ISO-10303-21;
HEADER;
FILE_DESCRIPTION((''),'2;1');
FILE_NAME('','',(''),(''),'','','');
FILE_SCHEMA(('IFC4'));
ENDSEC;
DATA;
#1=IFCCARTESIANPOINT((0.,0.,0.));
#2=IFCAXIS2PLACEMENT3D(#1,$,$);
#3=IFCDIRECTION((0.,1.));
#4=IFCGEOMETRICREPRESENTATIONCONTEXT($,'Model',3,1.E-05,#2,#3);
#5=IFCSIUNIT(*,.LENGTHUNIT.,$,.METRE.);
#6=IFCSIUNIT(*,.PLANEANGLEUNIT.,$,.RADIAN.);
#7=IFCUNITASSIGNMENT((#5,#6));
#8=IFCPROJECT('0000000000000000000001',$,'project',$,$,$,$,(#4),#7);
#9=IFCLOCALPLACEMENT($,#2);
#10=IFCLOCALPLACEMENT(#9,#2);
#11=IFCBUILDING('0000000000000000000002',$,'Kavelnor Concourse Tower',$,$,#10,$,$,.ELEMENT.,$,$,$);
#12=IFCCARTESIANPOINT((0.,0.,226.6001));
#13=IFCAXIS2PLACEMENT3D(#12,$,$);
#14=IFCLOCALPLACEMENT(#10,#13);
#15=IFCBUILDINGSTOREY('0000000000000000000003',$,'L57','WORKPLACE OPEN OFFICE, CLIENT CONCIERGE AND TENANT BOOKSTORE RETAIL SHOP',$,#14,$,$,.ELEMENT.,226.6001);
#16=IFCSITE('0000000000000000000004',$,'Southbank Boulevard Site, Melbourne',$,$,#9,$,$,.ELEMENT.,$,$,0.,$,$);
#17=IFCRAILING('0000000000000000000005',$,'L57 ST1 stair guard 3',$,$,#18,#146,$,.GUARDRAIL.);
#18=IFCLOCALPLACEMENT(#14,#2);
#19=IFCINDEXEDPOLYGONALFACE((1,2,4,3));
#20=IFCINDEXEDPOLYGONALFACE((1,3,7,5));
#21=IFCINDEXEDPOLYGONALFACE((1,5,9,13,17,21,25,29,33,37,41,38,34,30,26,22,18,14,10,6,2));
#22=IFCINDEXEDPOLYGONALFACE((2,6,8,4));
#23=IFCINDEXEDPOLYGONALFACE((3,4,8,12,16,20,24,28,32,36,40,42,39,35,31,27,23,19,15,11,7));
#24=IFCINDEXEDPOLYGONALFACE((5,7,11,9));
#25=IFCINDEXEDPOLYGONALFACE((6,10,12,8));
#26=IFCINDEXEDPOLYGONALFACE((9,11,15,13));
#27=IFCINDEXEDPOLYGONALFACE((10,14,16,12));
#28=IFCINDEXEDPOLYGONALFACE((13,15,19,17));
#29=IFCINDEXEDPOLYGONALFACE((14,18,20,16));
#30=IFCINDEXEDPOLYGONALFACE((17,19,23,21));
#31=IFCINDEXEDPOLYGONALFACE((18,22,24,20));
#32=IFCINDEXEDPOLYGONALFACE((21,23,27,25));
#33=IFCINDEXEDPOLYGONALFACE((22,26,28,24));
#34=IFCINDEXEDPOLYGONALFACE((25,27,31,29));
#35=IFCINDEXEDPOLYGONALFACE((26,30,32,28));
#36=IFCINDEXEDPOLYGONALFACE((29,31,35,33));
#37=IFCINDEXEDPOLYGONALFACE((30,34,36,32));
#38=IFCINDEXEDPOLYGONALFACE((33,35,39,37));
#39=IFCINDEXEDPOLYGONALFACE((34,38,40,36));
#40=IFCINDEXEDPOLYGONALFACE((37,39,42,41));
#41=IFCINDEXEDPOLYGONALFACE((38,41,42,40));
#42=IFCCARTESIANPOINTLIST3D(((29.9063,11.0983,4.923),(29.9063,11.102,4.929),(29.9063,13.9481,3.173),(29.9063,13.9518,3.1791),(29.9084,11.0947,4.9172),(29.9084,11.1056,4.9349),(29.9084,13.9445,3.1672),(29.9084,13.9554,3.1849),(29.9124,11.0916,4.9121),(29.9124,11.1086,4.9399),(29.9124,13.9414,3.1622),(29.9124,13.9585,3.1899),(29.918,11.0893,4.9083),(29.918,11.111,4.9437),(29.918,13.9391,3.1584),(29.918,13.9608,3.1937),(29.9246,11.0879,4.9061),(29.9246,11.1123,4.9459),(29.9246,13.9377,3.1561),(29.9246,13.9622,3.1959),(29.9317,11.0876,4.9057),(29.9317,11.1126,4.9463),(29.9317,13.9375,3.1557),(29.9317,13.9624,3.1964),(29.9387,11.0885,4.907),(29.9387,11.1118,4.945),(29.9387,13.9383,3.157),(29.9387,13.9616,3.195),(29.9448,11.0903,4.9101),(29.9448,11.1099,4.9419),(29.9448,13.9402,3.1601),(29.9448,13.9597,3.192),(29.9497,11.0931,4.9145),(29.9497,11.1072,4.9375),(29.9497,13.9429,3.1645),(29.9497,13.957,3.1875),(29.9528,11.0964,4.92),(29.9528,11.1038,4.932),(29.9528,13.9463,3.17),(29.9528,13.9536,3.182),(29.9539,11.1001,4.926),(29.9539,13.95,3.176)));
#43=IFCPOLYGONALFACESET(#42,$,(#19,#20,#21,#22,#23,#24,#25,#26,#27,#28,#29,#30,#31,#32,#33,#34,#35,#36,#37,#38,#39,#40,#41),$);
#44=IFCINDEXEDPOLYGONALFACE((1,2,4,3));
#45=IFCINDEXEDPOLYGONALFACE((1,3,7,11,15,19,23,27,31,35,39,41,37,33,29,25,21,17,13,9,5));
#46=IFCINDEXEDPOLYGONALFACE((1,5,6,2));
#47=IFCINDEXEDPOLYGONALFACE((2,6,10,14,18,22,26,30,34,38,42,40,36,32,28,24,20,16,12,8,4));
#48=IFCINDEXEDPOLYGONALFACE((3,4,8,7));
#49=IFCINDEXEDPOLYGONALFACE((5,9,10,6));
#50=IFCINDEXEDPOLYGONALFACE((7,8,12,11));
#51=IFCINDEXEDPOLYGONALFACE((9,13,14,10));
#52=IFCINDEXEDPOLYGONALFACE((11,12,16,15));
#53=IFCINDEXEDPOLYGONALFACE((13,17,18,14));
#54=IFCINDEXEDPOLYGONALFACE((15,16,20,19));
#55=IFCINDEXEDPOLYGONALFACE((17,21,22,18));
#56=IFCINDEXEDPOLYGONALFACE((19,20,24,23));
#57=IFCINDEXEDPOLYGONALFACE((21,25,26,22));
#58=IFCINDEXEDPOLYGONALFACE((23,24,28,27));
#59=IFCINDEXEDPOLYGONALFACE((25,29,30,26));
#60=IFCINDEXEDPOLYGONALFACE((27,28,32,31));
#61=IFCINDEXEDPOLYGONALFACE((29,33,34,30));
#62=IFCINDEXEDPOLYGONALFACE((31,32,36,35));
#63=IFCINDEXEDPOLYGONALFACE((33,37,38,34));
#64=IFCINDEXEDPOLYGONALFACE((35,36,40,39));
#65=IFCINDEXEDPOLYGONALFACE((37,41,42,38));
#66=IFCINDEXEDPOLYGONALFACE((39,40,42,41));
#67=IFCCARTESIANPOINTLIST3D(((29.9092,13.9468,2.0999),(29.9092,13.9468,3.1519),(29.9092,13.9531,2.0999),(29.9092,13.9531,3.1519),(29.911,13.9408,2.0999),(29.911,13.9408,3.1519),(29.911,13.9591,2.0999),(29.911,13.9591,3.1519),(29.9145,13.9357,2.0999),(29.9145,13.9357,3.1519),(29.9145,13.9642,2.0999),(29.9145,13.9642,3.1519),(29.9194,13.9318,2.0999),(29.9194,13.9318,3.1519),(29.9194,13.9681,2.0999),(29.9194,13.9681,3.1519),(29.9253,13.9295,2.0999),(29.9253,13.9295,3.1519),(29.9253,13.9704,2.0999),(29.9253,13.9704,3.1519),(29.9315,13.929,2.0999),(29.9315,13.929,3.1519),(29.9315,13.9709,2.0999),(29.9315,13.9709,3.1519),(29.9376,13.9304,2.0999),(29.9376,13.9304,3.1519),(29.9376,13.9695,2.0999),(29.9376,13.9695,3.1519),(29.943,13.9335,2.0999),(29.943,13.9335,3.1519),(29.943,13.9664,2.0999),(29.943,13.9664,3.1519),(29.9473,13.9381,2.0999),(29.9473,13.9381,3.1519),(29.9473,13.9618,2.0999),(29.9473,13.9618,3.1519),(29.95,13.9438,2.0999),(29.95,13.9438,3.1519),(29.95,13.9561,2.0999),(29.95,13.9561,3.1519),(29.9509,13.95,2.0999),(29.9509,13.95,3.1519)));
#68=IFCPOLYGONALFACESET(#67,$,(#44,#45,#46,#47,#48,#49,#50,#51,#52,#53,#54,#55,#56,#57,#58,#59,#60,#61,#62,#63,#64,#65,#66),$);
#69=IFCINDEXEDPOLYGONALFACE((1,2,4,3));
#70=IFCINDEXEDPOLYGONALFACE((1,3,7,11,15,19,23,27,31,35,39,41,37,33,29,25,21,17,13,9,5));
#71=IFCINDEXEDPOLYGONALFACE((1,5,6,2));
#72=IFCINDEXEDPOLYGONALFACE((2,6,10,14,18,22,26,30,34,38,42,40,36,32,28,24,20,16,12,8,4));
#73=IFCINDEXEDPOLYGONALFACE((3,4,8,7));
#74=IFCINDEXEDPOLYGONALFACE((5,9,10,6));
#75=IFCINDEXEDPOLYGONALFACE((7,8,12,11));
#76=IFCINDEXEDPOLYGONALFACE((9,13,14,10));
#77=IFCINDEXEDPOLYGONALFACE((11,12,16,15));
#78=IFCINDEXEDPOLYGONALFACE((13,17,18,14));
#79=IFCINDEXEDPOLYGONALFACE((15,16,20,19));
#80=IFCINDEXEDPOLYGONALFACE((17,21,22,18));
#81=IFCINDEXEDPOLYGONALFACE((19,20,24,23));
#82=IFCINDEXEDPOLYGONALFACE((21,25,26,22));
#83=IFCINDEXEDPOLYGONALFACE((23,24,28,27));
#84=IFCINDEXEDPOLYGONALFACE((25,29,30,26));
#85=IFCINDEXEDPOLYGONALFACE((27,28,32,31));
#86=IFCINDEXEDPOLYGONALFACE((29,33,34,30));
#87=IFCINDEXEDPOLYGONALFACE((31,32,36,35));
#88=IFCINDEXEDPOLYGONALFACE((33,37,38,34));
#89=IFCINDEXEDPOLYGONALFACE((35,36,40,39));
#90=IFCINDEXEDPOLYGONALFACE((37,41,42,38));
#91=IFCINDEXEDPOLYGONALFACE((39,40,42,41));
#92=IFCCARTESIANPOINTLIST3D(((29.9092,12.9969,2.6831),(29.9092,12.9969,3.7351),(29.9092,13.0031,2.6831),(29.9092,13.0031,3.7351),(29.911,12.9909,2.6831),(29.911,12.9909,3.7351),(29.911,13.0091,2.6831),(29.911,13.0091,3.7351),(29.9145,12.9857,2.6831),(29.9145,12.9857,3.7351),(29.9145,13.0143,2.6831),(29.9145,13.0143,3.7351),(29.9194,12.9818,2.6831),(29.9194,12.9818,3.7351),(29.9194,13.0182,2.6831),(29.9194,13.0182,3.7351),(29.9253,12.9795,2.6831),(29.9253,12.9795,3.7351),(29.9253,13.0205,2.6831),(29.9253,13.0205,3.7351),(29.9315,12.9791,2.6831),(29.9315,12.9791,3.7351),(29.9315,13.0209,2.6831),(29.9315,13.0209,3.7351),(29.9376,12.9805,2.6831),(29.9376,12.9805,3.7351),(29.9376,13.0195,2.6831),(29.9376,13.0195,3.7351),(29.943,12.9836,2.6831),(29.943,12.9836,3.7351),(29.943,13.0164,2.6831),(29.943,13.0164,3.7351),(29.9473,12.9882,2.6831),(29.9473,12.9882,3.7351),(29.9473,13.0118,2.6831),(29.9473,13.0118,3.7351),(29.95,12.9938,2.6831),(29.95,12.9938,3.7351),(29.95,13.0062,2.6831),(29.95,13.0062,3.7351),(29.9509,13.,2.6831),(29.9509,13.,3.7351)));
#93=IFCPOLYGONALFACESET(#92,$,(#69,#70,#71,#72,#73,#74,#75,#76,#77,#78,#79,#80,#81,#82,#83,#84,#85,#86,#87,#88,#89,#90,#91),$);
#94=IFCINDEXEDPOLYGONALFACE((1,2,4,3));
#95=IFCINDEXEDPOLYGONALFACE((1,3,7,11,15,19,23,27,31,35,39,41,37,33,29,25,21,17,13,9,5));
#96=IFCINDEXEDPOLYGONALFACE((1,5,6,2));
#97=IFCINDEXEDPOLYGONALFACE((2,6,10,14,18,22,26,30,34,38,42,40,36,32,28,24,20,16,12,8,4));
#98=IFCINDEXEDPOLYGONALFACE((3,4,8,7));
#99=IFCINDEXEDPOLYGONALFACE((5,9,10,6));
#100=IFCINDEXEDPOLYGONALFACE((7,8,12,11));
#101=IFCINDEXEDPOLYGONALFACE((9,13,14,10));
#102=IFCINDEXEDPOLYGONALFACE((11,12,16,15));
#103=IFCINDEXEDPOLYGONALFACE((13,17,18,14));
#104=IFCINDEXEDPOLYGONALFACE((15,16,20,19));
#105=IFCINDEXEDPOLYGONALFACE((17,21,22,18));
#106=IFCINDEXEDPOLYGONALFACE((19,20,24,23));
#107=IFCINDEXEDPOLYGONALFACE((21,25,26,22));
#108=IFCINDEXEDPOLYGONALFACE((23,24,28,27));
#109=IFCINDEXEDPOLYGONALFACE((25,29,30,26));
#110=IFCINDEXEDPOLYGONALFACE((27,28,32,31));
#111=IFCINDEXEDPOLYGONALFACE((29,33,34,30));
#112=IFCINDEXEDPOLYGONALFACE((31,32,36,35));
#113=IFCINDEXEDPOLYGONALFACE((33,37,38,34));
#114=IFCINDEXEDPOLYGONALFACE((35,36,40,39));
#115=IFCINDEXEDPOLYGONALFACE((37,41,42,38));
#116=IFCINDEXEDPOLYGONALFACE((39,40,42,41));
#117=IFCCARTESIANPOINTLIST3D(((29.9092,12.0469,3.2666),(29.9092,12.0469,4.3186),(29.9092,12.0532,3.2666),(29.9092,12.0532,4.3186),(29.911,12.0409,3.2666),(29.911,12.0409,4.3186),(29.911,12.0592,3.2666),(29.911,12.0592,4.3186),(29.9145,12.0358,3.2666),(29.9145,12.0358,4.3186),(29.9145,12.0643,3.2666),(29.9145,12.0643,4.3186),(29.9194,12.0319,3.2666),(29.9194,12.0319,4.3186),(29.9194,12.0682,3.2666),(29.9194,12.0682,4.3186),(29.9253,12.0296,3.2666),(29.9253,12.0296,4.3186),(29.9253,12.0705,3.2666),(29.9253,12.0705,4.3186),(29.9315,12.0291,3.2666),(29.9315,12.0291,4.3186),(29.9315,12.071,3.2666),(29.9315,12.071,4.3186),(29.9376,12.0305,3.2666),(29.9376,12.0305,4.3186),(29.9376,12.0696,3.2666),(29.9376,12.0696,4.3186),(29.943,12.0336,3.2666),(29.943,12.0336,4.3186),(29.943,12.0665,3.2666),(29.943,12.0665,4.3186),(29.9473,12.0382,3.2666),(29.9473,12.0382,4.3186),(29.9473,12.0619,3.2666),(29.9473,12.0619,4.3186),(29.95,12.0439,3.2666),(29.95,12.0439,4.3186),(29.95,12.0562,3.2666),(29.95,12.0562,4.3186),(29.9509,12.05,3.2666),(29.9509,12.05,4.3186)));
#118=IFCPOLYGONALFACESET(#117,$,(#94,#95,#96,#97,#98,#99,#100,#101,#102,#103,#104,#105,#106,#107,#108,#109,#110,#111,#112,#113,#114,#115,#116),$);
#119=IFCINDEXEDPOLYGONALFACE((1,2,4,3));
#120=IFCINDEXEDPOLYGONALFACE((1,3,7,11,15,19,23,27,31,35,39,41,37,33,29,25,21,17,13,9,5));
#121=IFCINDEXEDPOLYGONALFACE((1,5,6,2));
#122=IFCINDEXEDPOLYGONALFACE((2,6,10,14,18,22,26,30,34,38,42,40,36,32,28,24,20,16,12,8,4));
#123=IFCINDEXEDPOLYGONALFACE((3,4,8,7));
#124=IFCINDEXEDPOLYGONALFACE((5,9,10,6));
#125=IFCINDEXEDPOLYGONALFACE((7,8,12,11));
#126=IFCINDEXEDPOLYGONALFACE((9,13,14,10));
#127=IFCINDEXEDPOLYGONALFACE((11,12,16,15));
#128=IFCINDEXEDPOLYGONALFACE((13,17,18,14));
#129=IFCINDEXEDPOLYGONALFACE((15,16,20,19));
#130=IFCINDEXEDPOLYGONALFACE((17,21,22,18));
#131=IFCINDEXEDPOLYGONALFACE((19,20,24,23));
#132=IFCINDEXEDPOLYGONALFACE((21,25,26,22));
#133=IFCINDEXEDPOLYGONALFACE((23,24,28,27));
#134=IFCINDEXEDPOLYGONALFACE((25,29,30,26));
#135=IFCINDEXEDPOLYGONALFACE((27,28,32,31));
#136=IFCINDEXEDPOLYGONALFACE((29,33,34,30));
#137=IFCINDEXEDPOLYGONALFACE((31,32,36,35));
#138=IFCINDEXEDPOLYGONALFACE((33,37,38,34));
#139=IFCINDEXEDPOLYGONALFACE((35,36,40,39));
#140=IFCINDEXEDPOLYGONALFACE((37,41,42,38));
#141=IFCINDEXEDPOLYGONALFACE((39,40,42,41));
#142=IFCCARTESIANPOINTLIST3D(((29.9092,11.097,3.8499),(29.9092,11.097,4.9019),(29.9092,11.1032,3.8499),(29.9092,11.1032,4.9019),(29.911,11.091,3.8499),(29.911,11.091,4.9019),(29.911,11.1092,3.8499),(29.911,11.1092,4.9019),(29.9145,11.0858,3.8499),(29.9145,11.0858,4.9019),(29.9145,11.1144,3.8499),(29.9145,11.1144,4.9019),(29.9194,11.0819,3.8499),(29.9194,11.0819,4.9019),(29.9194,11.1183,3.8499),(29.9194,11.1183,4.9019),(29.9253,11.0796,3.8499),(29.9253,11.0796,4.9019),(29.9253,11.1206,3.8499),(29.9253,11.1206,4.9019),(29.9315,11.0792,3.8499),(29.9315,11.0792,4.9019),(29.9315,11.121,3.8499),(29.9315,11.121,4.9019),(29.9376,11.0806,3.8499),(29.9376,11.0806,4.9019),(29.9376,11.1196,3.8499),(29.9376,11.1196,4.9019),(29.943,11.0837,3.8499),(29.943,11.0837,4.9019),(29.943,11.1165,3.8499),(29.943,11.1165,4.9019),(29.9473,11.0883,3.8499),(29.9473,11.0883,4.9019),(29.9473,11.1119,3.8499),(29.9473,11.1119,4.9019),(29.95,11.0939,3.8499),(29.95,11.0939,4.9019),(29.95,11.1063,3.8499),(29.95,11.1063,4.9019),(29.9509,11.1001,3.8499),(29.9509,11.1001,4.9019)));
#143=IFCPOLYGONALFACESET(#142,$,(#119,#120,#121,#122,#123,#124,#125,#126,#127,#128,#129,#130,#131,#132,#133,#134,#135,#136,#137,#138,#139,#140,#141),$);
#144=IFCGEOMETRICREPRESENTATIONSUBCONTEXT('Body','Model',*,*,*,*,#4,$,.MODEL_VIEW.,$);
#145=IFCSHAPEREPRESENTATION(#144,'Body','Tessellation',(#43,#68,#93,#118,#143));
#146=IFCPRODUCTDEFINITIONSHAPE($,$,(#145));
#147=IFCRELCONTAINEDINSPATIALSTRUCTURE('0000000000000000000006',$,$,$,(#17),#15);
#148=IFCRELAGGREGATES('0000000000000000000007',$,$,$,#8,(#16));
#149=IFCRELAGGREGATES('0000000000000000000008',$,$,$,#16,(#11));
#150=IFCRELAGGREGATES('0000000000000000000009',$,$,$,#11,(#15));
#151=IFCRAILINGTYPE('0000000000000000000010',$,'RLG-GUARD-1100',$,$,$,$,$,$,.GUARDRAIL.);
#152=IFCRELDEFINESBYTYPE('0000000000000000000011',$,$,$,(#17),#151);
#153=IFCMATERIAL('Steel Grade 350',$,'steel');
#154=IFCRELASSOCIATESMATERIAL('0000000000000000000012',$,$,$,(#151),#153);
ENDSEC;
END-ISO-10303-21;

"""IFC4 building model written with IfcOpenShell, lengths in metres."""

from ifc_helpers import new_model, si_unit, direction, frame, origin, origin_2d, place, context, subcontext, project, spatial, circle, extrude, material, type_object, element, save


model = new_model("IFC4")

# Units and contexts
model_context = context("Model", 3, precision=1e-05, world=origin(), true_north=direction((0.0, 1.0)))
body_context = subcontext(model_context, "Body", "Model", "MODEL_VIEW")
ifc_project = project(units=[si_unit("LENGTHUNIT", "METRE"), si_unit("PLANEANGLEUNIT", "RADIAN")], contexts=[model_context])

# Site, building, storey
site_placement = place(None, origin())
site = spatial("IfcSite", under=ifc_project, at=site_placement, Name="Southbank Boulevard Site, Melbourne", CompositionType="ELEMENT", RefElevation=0.0)
building_placement = place(site_placement, origin())
building = spatial("IfcBuilding", under=site, at=building_placement, Name="Kavelnor Concourse Tower", CompositionType="ELEMENT")
storey_placement = place(building_placement, frame((0.0, 0.0, 226.6001)))
storey = spatial("IfcBuildingStorey", under=building, at=storey_placement, Name="L57", Description="WORKPLACE OPEN OFFICE, CLIENT CONCIERGE AND TENANT BOOKSTORE RETAIL SHOP", CompositionType="ELEMENT", Elevation=226.6001)

# Shared definitions
ifc_material_1 = material(Name="Steel Grade 350", Category="steel")

# Railing
railing_type_1 = type_object("IfcRailingType", Name="RLG-GUARD-1100", PredefinedType="GUARDRAIL", material=ifc_material_1)
railing_1_placement = place(storey_placement, frame((29.9299, 13.95, 2.0999)))
element("IfcRailing", 1, at=railing_1_placement, inside=storey, type_object=railing_type_1, Name="L57 ST1 stair guard 3", PredefinedType="GUARDRAIL", context=body_context, shape_type="SweptSolid", body=[
    extrude(circle(Radius=0.0239, at=origin_2d()), frame((0.0, 0.0, 1.0762), z_axis=(0.0, -0.852159, 0.523283), x_axis=(1.0, 0.0, 0.0)), (0.0, 0.0, 1.0), 3.3442),
    extrude(circle(Radius=0.021, at=origin_2d()), origin(), (0.0, 0.0, 1.0), 1.052),
    extrude(circle(Radius=0.021, at=origin_2d()), frame((0.0, -0.95, 0.5833)), (0.0, 0.0, 1.0), 1.052),
    extrude(circle(Radius=0.021, at=origin_2d()), frame((0.0, -1.8999, 1.1667)), (0.0, 0.0, 1.0), 1.052),
    extrude(circle(Radius=0.021, at=origin_2d()), frame((0.0, -2.8499, 1.75)), (0.0, 0.0, 1.0), 1.052),
])

save(model, "model.ifc")
